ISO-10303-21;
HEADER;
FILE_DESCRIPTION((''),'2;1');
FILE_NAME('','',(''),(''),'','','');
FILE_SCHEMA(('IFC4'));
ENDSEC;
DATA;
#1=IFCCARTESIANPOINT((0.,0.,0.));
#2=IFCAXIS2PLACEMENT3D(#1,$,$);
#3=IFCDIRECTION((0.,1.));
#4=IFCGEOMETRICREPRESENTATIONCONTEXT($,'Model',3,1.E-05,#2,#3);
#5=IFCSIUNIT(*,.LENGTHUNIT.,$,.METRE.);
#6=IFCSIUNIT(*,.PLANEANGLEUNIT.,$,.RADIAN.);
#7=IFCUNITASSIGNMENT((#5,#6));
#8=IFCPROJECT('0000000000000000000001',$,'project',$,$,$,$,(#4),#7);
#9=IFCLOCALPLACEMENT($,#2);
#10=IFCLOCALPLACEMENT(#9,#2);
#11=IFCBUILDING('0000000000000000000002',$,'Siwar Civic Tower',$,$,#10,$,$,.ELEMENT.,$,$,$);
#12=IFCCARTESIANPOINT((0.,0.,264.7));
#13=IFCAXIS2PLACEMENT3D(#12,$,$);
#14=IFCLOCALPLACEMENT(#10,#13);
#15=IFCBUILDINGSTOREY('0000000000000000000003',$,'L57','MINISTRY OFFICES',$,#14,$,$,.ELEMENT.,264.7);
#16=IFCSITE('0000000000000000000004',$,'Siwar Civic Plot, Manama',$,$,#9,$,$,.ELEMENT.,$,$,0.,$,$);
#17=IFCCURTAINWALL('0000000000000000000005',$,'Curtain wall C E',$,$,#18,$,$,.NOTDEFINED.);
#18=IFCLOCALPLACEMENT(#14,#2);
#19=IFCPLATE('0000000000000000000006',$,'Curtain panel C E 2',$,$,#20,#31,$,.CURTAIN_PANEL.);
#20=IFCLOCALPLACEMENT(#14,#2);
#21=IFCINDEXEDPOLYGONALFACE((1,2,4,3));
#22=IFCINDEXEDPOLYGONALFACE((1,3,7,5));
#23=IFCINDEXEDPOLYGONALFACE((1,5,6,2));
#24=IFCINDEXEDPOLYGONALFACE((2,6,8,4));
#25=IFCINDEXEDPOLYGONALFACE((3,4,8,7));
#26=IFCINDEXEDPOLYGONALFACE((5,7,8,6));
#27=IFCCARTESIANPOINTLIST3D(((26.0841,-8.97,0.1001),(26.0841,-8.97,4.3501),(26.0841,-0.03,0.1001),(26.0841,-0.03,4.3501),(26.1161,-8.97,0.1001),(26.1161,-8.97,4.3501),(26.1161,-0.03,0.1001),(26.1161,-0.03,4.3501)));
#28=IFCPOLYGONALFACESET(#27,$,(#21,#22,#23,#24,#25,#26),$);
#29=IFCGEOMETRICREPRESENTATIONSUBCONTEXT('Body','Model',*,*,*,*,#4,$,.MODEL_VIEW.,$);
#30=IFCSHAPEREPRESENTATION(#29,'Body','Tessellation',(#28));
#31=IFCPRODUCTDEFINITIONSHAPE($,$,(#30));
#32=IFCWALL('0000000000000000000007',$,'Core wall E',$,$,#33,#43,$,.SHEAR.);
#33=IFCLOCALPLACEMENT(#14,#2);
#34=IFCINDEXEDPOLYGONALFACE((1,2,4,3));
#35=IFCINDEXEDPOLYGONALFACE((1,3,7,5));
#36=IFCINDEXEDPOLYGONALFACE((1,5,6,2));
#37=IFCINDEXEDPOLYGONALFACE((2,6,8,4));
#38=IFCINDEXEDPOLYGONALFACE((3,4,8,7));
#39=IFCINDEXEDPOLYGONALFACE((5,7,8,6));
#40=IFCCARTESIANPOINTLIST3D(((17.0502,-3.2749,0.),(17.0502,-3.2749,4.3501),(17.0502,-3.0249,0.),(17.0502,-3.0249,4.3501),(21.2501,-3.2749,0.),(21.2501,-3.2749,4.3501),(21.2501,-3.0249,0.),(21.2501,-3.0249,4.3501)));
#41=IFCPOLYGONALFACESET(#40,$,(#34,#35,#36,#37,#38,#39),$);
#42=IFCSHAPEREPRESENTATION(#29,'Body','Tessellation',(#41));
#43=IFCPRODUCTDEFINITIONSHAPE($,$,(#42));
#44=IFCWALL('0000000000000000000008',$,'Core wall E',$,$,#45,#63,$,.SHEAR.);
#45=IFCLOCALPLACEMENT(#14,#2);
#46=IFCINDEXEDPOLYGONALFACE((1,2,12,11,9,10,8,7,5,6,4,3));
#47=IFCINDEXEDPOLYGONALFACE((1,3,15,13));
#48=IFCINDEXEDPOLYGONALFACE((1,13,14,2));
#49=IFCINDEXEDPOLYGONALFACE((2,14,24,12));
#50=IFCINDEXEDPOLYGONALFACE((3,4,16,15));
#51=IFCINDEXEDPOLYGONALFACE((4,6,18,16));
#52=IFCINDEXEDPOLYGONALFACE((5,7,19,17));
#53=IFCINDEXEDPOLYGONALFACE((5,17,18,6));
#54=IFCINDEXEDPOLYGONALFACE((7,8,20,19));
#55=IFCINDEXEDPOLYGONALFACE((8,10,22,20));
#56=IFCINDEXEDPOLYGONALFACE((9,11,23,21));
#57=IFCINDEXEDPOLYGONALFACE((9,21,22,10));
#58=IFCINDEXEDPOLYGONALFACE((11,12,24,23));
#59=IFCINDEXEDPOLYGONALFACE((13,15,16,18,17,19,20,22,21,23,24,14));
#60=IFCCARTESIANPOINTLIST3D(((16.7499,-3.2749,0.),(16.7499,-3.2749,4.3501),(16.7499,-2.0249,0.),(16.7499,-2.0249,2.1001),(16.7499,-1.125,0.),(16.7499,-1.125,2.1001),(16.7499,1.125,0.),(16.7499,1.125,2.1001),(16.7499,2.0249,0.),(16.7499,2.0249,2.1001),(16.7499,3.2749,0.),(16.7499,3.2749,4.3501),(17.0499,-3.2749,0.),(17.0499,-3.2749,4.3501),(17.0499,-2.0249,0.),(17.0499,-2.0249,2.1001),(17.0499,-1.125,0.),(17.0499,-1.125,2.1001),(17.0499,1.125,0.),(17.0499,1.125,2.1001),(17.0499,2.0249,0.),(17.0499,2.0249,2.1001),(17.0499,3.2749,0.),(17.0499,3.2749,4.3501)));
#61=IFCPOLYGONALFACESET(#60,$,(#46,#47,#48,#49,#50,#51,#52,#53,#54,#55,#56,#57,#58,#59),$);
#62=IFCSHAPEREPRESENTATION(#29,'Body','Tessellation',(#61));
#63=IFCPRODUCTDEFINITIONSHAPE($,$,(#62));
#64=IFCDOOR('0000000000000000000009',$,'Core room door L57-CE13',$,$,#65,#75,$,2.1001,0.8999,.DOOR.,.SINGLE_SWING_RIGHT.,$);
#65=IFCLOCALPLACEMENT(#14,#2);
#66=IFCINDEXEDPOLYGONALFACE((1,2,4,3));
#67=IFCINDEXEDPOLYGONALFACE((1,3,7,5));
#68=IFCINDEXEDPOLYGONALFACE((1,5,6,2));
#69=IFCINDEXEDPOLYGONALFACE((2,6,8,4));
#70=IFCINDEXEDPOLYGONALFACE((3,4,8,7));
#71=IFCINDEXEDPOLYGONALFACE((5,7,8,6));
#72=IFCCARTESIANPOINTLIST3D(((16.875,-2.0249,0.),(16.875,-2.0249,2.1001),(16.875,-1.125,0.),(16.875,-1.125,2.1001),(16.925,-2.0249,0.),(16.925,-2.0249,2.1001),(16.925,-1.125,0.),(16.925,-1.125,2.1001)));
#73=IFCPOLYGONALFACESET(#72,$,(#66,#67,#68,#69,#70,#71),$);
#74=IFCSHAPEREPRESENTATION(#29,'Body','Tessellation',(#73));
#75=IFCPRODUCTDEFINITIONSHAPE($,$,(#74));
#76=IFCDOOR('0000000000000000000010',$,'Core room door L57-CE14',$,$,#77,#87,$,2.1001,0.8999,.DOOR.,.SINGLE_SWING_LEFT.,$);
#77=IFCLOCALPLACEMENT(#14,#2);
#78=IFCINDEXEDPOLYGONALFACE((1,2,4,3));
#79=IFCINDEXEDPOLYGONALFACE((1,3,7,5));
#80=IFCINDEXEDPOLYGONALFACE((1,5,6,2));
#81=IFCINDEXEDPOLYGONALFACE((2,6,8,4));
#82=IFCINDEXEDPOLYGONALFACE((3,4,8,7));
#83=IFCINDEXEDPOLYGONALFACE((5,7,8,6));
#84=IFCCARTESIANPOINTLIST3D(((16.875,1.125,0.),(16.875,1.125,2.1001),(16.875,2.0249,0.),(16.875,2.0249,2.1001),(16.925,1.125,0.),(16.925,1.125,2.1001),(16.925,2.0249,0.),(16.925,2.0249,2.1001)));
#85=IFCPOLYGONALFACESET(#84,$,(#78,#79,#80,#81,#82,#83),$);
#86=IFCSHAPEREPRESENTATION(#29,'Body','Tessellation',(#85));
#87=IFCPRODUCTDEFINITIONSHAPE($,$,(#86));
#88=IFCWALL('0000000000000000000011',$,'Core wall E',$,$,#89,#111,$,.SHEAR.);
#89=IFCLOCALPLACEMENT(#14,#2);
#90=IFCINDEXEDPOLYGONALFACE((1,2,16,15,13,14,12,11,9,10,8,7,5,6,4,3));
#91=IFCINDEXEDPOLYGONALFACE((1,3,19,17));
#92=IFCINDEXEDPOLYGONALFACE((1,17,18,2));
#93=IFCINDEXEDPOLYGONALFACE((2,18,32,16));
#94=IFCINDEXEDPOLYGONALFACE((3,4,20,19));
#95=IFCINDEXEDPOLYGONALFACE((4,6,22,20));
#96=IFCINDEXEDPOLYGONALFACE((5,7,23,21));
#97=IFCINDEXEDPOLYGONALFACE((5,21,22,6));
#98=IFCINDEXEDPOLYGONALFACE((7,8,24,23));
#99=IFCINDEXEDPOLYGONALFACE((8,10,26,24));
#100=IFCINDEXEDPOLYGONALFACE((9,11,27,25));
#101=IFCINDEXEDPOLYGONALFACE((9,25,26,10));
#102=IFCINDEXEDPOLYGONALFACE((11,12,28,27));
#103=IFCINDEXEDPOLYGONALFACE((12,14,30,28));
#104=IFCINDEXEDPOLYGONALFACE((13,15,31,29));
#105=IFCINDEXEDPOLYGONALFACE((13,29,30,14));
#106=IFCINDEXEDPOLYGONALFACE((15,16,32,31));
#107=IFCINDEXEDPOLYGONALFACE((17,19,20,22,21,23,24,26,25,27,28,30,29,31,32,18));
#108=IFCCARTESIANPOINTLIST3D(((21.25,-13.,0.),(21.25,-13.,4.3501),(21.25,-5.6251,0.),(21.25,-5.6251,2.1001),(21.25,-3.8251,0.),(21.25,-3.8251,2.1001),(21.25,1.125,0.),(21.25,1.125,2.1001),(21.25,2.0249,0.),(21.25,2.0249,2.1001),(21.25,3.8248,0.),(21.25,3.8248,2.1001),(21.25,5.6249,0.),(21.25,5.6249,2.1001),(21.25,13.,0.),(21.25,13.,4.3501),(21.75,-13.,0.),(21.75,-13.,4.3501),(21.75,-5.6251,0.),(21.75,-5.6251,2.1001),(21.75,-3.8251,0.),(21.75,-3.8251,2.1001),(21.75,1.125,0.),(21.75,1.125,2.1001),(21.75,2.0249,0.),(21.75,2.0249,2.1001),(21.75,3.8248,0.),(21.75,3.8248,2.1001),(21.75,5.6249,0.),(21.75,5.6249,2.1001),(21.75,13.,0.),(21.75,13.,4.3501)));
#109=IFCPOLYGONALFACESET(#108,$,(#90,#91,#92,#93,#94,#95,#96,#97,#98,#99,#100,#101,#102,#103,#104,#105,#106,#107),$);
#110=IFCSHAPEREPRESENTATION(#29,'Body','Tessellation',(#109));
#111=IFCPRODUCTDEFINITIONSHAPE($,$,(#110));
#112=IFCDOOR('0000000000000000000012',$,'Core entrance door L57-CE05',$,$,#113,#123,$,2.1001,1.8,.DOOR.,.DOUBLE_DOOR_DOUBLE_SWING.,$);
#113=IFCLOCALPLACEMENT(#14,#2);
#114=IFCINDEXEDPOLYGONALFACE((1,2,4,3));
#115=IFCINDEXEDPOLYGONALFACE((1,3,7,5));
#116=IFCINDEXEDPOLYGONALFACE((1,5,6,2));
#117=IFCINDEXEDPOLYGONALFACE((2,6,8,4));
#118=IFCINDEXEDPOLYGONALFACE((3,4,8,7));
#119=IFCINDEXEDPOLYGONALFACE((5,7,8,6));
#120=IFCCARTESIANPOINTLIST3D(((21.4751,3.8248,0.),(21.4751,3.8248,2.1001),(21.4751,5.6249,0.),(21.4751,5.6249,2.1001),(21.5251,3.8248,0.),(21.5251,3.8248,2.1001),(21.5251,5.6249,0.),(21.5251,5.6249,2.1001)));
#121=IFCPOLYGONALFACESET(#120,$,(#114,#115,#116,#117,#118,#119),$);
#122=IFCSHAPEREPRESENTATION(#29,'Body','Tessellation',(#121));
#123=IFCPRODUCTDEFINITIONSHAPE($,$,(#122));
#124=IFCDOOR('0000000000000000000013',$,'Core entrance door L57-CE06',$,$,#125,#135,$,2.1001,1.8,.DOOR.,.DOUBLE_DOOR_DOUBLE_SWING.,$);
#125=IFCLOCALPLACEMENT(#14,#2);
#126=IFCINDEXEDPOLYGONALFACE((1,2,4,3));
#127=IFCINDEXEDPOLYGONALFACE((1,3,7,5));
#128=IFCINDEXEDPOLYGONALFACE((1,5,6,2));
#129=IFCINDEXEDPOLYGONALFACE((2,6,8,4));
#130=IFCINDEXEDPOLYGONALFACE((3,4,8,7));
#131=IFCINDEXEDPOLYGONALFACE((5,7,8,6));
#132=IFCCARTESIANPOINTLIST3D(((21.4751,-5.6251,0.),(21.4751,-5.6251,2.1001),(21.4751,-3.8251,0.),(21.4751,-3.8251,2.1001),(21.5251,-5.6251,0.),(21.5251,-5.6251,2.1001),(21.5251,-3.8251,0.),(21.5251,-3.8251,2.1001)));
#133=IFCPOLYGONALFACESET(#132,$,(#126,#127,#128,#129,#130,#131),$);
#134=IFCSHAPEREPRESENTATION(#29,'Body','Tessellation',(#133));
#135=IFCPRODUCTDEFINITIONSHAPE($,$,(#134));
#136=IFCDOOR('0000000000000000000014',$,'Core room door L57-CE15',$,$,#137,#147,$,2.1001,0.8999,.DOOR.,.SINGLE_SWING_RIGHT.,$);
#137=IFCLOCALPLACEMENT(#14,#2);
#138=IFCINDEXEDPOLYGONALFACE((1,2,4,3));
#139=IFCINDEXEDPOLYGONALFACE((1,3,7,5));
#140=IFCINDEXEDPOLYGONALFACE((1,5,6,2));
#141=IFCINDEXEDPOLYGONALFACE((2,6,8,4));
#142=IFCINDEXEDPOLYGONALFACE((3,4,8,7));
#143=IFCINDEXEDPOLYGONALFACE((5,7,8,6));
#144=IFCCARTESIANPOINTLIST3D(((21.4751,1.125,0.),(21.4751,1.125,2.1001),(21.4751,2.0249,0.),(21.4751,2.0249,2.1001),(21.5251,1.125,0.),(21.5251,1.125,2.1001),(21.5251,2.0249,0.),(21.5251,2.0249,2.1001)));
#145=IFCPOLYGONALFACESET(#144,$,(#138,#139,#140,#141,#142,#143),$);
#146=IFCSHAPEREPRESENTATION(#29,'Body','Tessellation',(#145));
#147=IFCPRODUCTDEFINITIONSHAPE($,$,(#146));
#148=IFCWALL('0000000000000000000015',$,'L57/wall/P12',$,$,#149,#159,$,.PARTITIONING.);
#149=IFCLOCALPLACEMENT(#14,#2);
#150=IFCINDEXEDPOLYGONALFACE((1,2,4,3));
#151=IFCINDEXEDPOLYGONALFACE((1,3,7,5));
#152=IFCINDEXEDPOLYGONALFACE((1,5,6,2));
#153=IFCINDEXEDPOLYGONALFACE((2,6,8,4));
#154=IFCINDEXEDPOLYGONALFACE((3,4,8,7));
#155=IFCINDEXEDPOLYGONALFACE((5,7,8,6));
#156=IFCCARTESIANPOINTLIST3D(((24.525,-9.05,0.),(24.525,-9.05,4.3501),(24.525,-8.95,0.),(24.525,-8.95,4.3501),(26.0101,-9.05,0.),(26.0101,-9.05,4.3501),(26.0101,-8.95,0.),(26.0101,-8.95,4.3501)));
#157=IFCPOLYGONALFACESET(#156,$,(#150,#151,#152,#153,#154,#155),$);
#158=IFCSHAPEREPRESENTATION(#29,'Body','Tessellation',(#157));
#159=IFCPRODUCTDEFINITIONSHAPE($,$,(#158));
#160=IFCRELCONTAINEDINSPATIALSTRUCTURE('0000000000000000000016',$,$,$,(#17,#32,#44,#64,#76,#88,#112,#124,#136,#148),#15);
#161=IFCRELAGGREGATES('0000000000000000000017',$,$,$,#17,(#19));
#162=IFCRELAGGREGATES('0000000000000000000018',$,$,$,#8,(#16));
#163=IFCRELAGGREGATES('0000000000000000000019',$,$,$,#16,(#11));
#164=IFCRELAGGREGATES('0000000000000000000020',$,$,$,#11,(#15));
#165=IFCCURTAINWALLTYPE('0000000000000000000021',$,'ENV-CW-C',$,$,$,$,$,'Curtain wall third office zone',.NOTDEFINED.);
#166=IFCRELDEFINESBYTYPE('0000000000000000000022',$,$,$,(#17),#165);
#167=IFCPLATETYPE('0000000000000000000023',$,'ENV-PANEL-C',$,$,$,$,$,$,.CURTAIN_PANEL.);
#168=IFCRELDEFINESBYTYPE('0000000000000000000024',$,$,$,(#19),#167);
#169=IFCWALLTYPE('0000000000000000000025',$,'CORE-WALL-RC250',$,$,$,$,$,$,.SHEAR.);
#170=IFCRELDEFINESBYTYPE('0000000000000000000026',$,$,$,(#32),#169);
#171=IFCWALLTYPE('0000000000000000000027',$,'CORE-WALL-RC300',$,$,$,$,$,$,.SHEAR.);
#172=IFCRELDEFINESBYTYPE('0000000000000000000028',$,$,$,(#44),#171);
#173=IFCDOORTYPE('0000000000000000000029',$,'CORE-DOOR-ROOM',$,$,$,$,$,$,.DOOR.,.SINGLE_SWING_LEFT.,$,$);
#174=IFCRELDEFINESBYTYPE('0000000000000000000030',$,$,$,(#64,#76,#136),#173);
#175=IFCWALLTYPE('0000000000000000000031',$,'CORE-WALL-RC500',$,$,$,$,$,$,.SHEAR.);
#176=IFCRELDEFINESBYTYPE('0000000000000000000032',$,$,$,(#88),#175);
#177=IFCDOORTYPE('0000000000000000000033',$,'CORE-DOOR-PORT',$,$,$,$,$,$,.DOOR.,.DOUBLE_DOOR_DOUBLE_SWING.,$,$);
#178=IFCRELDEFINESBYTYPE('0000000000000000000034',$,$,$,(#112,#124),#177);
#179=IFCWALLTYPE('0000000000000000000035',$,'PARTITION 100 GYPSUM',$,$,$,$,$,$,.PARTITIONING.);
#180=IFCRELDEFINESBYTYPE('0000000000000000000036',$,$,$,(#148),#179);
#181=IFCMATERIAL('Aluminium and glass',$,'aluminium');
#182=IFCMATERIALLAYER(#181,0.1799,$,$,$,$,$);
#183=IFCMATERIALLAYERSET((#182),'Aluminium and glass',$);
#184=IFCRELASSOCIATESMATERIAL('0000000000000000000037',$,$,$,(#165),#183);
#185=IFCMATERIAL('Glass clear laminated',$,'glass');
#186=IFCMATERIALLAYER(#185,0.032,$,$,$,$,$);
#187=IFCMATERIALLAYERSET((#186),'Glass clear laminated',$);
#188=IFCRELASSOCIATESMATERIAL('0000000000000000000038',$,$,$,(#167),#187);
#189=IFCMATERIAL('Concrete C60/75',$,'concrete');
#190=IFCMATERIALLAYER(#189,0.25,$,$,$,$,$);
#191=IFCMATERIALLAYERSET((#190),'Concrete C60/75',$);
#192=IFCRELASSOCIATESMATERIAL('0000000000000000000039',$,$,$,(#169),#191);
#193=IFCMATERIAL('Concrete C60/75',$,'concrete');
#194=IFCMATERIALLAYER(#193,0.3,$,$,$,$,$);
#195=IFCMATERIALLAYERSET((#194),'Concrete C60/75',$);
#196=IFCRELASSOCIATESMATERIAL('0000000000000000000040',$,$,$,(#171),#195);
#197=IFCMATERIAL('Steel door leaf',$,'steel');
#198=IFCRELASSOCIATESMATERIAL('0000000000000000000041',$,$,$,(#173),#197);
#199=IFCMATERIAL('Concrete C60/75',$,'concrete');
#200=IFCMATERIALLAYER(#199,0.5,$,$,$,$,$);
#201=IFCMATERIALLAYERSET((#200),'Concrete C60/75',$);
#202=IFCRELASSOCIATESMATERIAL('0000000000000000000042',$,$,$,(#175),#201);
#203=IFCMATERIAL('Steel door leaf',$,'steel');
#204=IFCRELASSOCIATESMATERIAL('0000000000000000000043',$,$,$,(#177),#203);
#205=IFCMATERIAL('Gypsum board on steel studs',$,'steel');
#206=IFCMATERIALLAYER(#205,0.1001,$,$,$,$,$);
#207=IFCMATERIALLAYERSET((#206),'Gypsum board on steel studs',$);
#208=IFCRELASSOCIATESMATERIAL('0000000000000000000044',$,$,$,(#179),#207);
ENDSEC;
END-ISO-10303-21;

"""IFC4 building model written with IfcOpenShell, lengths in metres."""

from ifc_helpers import new_model, si_unit, direction, frame, frame_2d, origin, origin_2d, place, context, subcontext, project, spatial, rectangle, extrude, material, layer, layer_set, type_object, element, fill, aggregate, save


model = new_model("IFC4")

# Units and contexts
model_context = context("Model", 3, precision=1e-05, world=origin(), true_north=direction((0.0, 1.0)))
body_context = subcontext(model_context, "Body", "Model", "MODEL_VIEW")
ifc_project = project(units=[si_unit("LENGTHUNIT", "METRE"), si_unit("PLANEANGLEUNIT", "RADIAN")], contexts=[model_context])

# Site, building, storey
site_placement = place(None, origin())
site = spatial("IfcSite", under=ifc_project, at=site_placement, Name="Siwar Civic Plot, Manama", CompositionType="ELEMENT", RefElevation=0.0)
building_placement = place(site_placement, origin())
building = spatial("IfcBuilding", under=site, at=building_placement, Name="Siwar Civic Tower", CompositionType="ELEMENT")
storey_placement = place(building_placement, frame((0.0, 0.0, 264.7)))
storey = spatial("IfcBuildingStorey", under=building, at=storey_placement, Name="L57", Description="MINISTRY OFFICES", CompositionType="ELEMENT", Elevation=264.7)

# Curtain wall
ifc_material_1 = material(Name="Aluminium and glass", Category="aluminium")
ifc_layer_1 = layer(ifc_material_1, 0.1799)
ifc_layer_set_1 = layer_set([ifc_layer_1], Name="Aluminium and glass")
curtain_wall_type = type_object("IfcCurtainWallType", Name="ENV-CW-C", ElementType="Curtain wall third office zone", PredefinedType="NOTDEFINED", material=ifc_layer_set_1)
curtain_wall_placement = place(storey_placement, origin())
curtain_wall = element("IfcCurtainWall", 1, at=curtain_wall_placement, inside=storey, type_object=curtain_wall_type, Name="Curtain wall C E", PredefinedType="NOTDEFINED")

# Plate
ifc_material_2 = material(Name="Glass clear laminated", Category="glass")
ifc_layer_2 = layer(ifc_material_2, 0.032)
ifc_layer_set_2 = layer_set([ifc_layer_2], Name="Glass clear laminated")
plate_type = type_object("IfcPlateType", Name="ENV-PANEL-C", PredefinedType="CURTAIN_PANEL", material=ifc_layer_set_2)
plate_placement = place(storey_placement, frame((26.1001, -4.5, 0.1001), z_axis=(0.0, 0.0, 1.0), x_axis=(0.0, 1.0, 0.0)))
plate = element("IfcPlate", 2, at=plate_placement, type_object=plate_type, Name="Curtain panel C E 2", PredefinedType="CURTAIN_PANEL", context=body_context, shape_type="SweptSolid", body=[
    extrude(rectangle(XDim=8.9399, YDim=0.032, at=origin_2d()), origin(), (0.0, 0.0, 1.0), 4.25),
])
aggregate(curtain_wall, [plate])

# Wall
ifc_material_3 = material(Name="Concrete C60/75", Category="concrete")
ifc_layer_3 = layer(ifc_material_3, 0.25)
ifc_layer_set_3 = layer_set([ifc_layer_3], Name="Concrete C60/75")
wall_type_1 = type_object("IfcWallType", Name="CORE-WALL-RC250", PredefinedType="SHEAR", material=ifc_layer_set_3)
wall_1_placement = place(storey_placement, frame((17.05, -3.1499, 0.0), z_axis=(0.0, 0.0, 1.0), x_axis=(1.0, 0.0, 0.0)))
element("IfcWall", 3, at=wall_1_placement, inside=storey, type_object=wall_type_1, Name="Core wall E", PredefinedType="SHEAR", context=body_context, shape_type="SweptSolid", body=[
    extrude(rectangle(XDim=4.2, YDim=0.25, at=frame_2d((2.1001, 0.0))), origin(), (0.0, 0.0, 1.0), 4.3501),
])

# Walls, openings, doors
ifc_material_4 = material(Name="Concrete C60/75", Category="concrete")
ifc_layer_4 = layer(ifc_material_4, 0.3)
ifc_layer_set_4 = layer_set([ifc_layer_4], Name="Concrete C60/75")
wall_type_2 = type_object("IfcWallType", Name="CORE-WALL-RC300", PredefinedType="SHEAR", material=ifc_layer_set_4)
wall_2_placement = place(storey_placement, frame((16.8999, -3.2749, 0.0), z_axis=(0.0, 0.0, 1.0), x_axis=(0.0, 1.0, 0.0)))
wall_2 = element("IfcWall", 4, at=wall_2_placement, inside=storey, type_object=wall_type_2, Name="Core wall E", PredefinedType="SHEAR", context=body_context, shape_type="SweptSolid", body=[
    extrude(rectangle(XDim=6.5498, YDim=0.3, at=frame_2d((3.2749, 0.0))), origin(), (0.0, 0.0, 1.0), 4.3501),
])
opening_1_placement = place(wall_2_placement, frame((1.25, 0.0, 0.0)))
opening_1 = element("IfcOpeningElement", 5, at=opening_1_placement, cuts=wall_2, PredefinedType="OPENING", context=body_context, shape_type="SweptSolid", body=[
    extrude(rectangle(XDim=0.8999, YDim=2.1001, at=frame_2d((0.45, 1.05))), frame((0.0, 0.1602, 0.0), z_axis=(0.0, -1.0, 0.0), x_axis=(1.0, 0.0, 0.0)), (0.0, 0.0, 1.0), 0.3201),
])
opening_2_placement = place(wall_2_placement, frame((4.3999, 0.0, 0.0)))
opening_2 = element("IfcOpeningElement", 6, at=opening_2_placement, cuts=wall_2, PredefinedType="OPENING", context=body_context, shape_type="SweptSolid", body=[
    extrude(rectangle(XDim=0.8999, YDim=2.1001, at=frame_2d((0.45, 1.05))), frame((0.0, 0.1602, 0.0), z_axis=(0.0, -1.0, 0.0), x_axis=(1.0, 0.0, 0.0)), (0.0, 0.0, 1.0), 0.3201),
])
ifc_material_5 = material(Name="Steel door leaf", Category="steel")
door_type_1 = type_object("IfcDoorType", Name="CORE-DOOR-ROOM", OperationType="SINGLE_SWING_LEFT", PredefinedType="DOOR", material=ifc_material_5)
door_1_placement = place(opening_1_placement, origin())
door_1 = element("IfcDoor", 7, at=door_1_placement, inside=storey, type_object=door_type_1, Name="Core room door L57-CE13", OperationType="SINGLE_SWING_RIGHT", OverallHeight=2.1001, OverallWidth=0.8999, PredefinedType="DOOR", context=body_context, shape_type="SweptSolid", body=[
    extrude(rectangle(XDim=0.8999, YDim=2.1001, at=frame_2d((0.45, 1.05))), frame((0.0, 0.0249, 0.0), z_axis=(0.0, -1.0, 0.0), x_axis=(1.0, 0.0, 0.0)), (0.0, 0.0, 1.0), 0.05),
])
fill(opening_1, door_1)
door_2_placement = place(opening_2_placement, origin())
door_2 = element("IfcDoor", 8, at=door_2_placement, inside=storey, type_object=door_type_1, Name="Core room door L57-CE14", OperationType="SINGLE_SWING_LEFT", OverallHeight=2.1001, OverallWidth=0.8999, PredefinedType="DOOR", context=body_context, shape_type="SweptSolid", body=[
    extrude(rectangle(XDim=0.8999, YDim=2.1001, at=frame_2d((0.45, 1.05))), frame((0.0, 0.0249, 0.0), z_axis=(0.0, -1.0, 0.0), x_axis=(1.0, 0.0, 0.0)), (0.0, 0.0, 1.0), 0.05),
])
fill(opening_2, door_2)
ifc_material_6 = material(Name="Concrete C60/75", Category="concrete")
ifc_layer_5 = layer(ifc_material_6, 0.5)
ifc_layer_set_5 = layer_set([ifc_layer_5], Name="Concrete C60/75")
wall_type_3 = type_object("IfcWallType", Name="CORE-WALL-RC500", PredefinedType="SHEAR", material=ifc_layer_set_5)
wall_3_placement = place(storey_placement, frame((21.5, -13.0, 0.0), z_axis=(0.0, 0.0, 1.0), x_axis=(0.0, 1.0, 0.0)))
wall_3 = element("IfcWall", 9, at=wall_3_placement, inside=storey, type_object=wall_type_3, Name="Core wall E", PredefinedType="SHEAR", context=body_context, shape_type="SweptSolid", body=[
    extrude(rectangle(XDim=26.0, YDim=0.5, at=frame_2d((13.0, 0.0))), origin(), (0.0, 0.0, 1.0), 4.3501),
])
opening_3_placement = place(wall_3_placement, frame((16.825, 0.0, 0.0)))
opening_3 = element("IfcOpeningElement", 10, at=opening_3_placement, cuts=wall_3, PredefinedType="OPENING", context=body_context, shape_type="SweptSolid", body=[
    extrude(rectangle(XDim=1.8, YDim=2.1001, at=frame_2d((0.8999, 1.05))), frame((0.0, 0.26, 0.0), z_axis=(0.0, -1.0, 0.0), x_axis=(1.0, 0.0, 0.0)), (0.0, 0.0, 1.0), 0.52),
])
opening_4_placement = place(wall_3_placement, frame((7.375, 0.0, 0.0)))
opening_4 = element("IfcOpeningElement", 11, at=opening_4_placement, cuts=wall_3, PredefinedType="OPENING", context=body_context, shape_type="SweptSolid", body=[
    extrude(rectangle(XDim=1.8, YDim=2.1001, at=frame_2d((0.8999, 1.05))), frame((0.0, 0.26, 0.0), z_axis=(0.0, -1.0, 0.0), x_axis=(1.0, 0.0, 0.0)), (0.0, 0.0, 1.0), 0.52),
])
opening_5_placement = place(wall_3_placement, frame((14.125, 0.0, 0.0)))
opening_5 = element("IfcOpeningElement", 12, at=opening_5_placement, cuts=wall_3, PredefinedType="OPENING", context=body_context, shape_type="SweptSolid", body=[
    extrude(rectangle(XDim=0.8999, YDim=2.1001, at=frame_2d((0.45, 1.05))), frame((0.0, 0.26, 0.0), z_axis=(0.0, -1.0, 0.0), x_axis=(1.0, 0.0, 0.0)), (0.0, 0.0, 1.0), 0.52),
])
ifc_material_7 = material(Name="Steel door leaf", Category="steel")
door_type_2 = type_object("IfcDoorType", Name="CORE-DOOR-PORT", OperationType="DOUBLE_DOOR_DOUBLE_SWING", PredefinedType="DOOR", material=ifc_material_7)
door_3_placement = place(opening_3_placement, origin())
door_3 = element("IfcDoor", 13, at=door_3_placement, inside=storey, type_object=door_type_2, Name="Core entrance door L57-CE05", OperationType="DOUBLE_DOOR_DOUBLE_SWING", OverallHeight=2.1001, OverallWidth=1.8, PredefinedType="DOOR", context=body_context, shape_type="SweptSolid", body=[
    extrude(rectangle(XDim=1.8, YDim=2.1001, at=frame_2d((0.8999, 1.05))), frame((0.0, 0.0249, 0.0), z_axis=(0.0, -1.0, 0.0), x_axis=(1.0, 0.0, 0.0)), (0.0, 0.0, 1.0), 0.05),
])
fill(opening_3, door_3)
door_4_placement = place(opening_4_placement, origin())
door_4 = element("IfcDoor", 14, at=door_4_placement, inside=storey, type_object=door_type_2, Name="Core entrance door L57-CE06", OperationType="DOUBLE_DOOR_DOUBLE_SWING", OverallHeight=2.1001, OverallWidth=1.8, PredefinedType="DOOR", context=body_context, shape_type="SweptSolid", body=[
    extrude(rectangle(XDim=1.8, YDim=2.1001, at=frame_2d((0.8999, 1.05))), frame((0.0, 0.0249, 0.0), z_axis=(0.0, -1.0, 0.0), x_axis=(1.0, 0.0, 0.0)), (0.0, 0.0, 1.0), 0.05),
])
fill(opening_4, door_4)
door_5_placement = place(opening_5_placement, origin())
door_5 = element("IfcDoor", 15, at=door_5_placement, inside=storey, type_object=door_type_1, Name="Core room door L57-CE15", OperationType="SINGLE_SWING_RIGHT", OverallHeight=2.1001, OverallWidth=0.8999, PredefinedType="DOOR", context=body_context, shape_type="SweptSolid", body=[
    extrude(rectangle(XDim=0.8999, YDim=2.1001, at=frame_2d((0.45, 1.05))), frame((0.0, 0.0249, 0.0), z_axis=(0.0, -1.0, 0.0), x_axis=(1.0, 0.0, 0.0)), (0.0, 0.0, 1.0), 0.05),
])
fill(opening_5, door_5)

# Wall
ifc_material_8 = material(Name="Gypsum board on steel studs", Category="steel")
ifc_layer_6 = layer(ifc_material_8, 0.1001)
ifc_layer_set_6 = layer_set([ifc_layer_6], Name="Gypsum board on steel studs")
wall_type_4 = type_object("IfcWallType", Name="PARTITION 100 GYPSUM", PredefinedType="PARTITIONING", material=ifc_layer_set_6)
wall_4_placement = place(storey_placement, frame((24.5249, -9.0, 0.0), z_axis=(0.0, 0.0, 1.0), x_axis=(1.0, 0.0, 0.0)))
element("IfcWall", 16, at=wall_4_placement, inside=storey, type_object=wall_type_4, Name="L57/wall/P12", PredefinedType="PARTITIONING", context=body_context, shape_type="SweptSolid", body=[
    extrude(rectangle(XDim=1.4851, YDim=0.1001, at=frame_2d((0.7427, 0.0))), origin(), (0.0, 0.0, 1.0), 4.3501),
])

save(model, "model.ifc")
